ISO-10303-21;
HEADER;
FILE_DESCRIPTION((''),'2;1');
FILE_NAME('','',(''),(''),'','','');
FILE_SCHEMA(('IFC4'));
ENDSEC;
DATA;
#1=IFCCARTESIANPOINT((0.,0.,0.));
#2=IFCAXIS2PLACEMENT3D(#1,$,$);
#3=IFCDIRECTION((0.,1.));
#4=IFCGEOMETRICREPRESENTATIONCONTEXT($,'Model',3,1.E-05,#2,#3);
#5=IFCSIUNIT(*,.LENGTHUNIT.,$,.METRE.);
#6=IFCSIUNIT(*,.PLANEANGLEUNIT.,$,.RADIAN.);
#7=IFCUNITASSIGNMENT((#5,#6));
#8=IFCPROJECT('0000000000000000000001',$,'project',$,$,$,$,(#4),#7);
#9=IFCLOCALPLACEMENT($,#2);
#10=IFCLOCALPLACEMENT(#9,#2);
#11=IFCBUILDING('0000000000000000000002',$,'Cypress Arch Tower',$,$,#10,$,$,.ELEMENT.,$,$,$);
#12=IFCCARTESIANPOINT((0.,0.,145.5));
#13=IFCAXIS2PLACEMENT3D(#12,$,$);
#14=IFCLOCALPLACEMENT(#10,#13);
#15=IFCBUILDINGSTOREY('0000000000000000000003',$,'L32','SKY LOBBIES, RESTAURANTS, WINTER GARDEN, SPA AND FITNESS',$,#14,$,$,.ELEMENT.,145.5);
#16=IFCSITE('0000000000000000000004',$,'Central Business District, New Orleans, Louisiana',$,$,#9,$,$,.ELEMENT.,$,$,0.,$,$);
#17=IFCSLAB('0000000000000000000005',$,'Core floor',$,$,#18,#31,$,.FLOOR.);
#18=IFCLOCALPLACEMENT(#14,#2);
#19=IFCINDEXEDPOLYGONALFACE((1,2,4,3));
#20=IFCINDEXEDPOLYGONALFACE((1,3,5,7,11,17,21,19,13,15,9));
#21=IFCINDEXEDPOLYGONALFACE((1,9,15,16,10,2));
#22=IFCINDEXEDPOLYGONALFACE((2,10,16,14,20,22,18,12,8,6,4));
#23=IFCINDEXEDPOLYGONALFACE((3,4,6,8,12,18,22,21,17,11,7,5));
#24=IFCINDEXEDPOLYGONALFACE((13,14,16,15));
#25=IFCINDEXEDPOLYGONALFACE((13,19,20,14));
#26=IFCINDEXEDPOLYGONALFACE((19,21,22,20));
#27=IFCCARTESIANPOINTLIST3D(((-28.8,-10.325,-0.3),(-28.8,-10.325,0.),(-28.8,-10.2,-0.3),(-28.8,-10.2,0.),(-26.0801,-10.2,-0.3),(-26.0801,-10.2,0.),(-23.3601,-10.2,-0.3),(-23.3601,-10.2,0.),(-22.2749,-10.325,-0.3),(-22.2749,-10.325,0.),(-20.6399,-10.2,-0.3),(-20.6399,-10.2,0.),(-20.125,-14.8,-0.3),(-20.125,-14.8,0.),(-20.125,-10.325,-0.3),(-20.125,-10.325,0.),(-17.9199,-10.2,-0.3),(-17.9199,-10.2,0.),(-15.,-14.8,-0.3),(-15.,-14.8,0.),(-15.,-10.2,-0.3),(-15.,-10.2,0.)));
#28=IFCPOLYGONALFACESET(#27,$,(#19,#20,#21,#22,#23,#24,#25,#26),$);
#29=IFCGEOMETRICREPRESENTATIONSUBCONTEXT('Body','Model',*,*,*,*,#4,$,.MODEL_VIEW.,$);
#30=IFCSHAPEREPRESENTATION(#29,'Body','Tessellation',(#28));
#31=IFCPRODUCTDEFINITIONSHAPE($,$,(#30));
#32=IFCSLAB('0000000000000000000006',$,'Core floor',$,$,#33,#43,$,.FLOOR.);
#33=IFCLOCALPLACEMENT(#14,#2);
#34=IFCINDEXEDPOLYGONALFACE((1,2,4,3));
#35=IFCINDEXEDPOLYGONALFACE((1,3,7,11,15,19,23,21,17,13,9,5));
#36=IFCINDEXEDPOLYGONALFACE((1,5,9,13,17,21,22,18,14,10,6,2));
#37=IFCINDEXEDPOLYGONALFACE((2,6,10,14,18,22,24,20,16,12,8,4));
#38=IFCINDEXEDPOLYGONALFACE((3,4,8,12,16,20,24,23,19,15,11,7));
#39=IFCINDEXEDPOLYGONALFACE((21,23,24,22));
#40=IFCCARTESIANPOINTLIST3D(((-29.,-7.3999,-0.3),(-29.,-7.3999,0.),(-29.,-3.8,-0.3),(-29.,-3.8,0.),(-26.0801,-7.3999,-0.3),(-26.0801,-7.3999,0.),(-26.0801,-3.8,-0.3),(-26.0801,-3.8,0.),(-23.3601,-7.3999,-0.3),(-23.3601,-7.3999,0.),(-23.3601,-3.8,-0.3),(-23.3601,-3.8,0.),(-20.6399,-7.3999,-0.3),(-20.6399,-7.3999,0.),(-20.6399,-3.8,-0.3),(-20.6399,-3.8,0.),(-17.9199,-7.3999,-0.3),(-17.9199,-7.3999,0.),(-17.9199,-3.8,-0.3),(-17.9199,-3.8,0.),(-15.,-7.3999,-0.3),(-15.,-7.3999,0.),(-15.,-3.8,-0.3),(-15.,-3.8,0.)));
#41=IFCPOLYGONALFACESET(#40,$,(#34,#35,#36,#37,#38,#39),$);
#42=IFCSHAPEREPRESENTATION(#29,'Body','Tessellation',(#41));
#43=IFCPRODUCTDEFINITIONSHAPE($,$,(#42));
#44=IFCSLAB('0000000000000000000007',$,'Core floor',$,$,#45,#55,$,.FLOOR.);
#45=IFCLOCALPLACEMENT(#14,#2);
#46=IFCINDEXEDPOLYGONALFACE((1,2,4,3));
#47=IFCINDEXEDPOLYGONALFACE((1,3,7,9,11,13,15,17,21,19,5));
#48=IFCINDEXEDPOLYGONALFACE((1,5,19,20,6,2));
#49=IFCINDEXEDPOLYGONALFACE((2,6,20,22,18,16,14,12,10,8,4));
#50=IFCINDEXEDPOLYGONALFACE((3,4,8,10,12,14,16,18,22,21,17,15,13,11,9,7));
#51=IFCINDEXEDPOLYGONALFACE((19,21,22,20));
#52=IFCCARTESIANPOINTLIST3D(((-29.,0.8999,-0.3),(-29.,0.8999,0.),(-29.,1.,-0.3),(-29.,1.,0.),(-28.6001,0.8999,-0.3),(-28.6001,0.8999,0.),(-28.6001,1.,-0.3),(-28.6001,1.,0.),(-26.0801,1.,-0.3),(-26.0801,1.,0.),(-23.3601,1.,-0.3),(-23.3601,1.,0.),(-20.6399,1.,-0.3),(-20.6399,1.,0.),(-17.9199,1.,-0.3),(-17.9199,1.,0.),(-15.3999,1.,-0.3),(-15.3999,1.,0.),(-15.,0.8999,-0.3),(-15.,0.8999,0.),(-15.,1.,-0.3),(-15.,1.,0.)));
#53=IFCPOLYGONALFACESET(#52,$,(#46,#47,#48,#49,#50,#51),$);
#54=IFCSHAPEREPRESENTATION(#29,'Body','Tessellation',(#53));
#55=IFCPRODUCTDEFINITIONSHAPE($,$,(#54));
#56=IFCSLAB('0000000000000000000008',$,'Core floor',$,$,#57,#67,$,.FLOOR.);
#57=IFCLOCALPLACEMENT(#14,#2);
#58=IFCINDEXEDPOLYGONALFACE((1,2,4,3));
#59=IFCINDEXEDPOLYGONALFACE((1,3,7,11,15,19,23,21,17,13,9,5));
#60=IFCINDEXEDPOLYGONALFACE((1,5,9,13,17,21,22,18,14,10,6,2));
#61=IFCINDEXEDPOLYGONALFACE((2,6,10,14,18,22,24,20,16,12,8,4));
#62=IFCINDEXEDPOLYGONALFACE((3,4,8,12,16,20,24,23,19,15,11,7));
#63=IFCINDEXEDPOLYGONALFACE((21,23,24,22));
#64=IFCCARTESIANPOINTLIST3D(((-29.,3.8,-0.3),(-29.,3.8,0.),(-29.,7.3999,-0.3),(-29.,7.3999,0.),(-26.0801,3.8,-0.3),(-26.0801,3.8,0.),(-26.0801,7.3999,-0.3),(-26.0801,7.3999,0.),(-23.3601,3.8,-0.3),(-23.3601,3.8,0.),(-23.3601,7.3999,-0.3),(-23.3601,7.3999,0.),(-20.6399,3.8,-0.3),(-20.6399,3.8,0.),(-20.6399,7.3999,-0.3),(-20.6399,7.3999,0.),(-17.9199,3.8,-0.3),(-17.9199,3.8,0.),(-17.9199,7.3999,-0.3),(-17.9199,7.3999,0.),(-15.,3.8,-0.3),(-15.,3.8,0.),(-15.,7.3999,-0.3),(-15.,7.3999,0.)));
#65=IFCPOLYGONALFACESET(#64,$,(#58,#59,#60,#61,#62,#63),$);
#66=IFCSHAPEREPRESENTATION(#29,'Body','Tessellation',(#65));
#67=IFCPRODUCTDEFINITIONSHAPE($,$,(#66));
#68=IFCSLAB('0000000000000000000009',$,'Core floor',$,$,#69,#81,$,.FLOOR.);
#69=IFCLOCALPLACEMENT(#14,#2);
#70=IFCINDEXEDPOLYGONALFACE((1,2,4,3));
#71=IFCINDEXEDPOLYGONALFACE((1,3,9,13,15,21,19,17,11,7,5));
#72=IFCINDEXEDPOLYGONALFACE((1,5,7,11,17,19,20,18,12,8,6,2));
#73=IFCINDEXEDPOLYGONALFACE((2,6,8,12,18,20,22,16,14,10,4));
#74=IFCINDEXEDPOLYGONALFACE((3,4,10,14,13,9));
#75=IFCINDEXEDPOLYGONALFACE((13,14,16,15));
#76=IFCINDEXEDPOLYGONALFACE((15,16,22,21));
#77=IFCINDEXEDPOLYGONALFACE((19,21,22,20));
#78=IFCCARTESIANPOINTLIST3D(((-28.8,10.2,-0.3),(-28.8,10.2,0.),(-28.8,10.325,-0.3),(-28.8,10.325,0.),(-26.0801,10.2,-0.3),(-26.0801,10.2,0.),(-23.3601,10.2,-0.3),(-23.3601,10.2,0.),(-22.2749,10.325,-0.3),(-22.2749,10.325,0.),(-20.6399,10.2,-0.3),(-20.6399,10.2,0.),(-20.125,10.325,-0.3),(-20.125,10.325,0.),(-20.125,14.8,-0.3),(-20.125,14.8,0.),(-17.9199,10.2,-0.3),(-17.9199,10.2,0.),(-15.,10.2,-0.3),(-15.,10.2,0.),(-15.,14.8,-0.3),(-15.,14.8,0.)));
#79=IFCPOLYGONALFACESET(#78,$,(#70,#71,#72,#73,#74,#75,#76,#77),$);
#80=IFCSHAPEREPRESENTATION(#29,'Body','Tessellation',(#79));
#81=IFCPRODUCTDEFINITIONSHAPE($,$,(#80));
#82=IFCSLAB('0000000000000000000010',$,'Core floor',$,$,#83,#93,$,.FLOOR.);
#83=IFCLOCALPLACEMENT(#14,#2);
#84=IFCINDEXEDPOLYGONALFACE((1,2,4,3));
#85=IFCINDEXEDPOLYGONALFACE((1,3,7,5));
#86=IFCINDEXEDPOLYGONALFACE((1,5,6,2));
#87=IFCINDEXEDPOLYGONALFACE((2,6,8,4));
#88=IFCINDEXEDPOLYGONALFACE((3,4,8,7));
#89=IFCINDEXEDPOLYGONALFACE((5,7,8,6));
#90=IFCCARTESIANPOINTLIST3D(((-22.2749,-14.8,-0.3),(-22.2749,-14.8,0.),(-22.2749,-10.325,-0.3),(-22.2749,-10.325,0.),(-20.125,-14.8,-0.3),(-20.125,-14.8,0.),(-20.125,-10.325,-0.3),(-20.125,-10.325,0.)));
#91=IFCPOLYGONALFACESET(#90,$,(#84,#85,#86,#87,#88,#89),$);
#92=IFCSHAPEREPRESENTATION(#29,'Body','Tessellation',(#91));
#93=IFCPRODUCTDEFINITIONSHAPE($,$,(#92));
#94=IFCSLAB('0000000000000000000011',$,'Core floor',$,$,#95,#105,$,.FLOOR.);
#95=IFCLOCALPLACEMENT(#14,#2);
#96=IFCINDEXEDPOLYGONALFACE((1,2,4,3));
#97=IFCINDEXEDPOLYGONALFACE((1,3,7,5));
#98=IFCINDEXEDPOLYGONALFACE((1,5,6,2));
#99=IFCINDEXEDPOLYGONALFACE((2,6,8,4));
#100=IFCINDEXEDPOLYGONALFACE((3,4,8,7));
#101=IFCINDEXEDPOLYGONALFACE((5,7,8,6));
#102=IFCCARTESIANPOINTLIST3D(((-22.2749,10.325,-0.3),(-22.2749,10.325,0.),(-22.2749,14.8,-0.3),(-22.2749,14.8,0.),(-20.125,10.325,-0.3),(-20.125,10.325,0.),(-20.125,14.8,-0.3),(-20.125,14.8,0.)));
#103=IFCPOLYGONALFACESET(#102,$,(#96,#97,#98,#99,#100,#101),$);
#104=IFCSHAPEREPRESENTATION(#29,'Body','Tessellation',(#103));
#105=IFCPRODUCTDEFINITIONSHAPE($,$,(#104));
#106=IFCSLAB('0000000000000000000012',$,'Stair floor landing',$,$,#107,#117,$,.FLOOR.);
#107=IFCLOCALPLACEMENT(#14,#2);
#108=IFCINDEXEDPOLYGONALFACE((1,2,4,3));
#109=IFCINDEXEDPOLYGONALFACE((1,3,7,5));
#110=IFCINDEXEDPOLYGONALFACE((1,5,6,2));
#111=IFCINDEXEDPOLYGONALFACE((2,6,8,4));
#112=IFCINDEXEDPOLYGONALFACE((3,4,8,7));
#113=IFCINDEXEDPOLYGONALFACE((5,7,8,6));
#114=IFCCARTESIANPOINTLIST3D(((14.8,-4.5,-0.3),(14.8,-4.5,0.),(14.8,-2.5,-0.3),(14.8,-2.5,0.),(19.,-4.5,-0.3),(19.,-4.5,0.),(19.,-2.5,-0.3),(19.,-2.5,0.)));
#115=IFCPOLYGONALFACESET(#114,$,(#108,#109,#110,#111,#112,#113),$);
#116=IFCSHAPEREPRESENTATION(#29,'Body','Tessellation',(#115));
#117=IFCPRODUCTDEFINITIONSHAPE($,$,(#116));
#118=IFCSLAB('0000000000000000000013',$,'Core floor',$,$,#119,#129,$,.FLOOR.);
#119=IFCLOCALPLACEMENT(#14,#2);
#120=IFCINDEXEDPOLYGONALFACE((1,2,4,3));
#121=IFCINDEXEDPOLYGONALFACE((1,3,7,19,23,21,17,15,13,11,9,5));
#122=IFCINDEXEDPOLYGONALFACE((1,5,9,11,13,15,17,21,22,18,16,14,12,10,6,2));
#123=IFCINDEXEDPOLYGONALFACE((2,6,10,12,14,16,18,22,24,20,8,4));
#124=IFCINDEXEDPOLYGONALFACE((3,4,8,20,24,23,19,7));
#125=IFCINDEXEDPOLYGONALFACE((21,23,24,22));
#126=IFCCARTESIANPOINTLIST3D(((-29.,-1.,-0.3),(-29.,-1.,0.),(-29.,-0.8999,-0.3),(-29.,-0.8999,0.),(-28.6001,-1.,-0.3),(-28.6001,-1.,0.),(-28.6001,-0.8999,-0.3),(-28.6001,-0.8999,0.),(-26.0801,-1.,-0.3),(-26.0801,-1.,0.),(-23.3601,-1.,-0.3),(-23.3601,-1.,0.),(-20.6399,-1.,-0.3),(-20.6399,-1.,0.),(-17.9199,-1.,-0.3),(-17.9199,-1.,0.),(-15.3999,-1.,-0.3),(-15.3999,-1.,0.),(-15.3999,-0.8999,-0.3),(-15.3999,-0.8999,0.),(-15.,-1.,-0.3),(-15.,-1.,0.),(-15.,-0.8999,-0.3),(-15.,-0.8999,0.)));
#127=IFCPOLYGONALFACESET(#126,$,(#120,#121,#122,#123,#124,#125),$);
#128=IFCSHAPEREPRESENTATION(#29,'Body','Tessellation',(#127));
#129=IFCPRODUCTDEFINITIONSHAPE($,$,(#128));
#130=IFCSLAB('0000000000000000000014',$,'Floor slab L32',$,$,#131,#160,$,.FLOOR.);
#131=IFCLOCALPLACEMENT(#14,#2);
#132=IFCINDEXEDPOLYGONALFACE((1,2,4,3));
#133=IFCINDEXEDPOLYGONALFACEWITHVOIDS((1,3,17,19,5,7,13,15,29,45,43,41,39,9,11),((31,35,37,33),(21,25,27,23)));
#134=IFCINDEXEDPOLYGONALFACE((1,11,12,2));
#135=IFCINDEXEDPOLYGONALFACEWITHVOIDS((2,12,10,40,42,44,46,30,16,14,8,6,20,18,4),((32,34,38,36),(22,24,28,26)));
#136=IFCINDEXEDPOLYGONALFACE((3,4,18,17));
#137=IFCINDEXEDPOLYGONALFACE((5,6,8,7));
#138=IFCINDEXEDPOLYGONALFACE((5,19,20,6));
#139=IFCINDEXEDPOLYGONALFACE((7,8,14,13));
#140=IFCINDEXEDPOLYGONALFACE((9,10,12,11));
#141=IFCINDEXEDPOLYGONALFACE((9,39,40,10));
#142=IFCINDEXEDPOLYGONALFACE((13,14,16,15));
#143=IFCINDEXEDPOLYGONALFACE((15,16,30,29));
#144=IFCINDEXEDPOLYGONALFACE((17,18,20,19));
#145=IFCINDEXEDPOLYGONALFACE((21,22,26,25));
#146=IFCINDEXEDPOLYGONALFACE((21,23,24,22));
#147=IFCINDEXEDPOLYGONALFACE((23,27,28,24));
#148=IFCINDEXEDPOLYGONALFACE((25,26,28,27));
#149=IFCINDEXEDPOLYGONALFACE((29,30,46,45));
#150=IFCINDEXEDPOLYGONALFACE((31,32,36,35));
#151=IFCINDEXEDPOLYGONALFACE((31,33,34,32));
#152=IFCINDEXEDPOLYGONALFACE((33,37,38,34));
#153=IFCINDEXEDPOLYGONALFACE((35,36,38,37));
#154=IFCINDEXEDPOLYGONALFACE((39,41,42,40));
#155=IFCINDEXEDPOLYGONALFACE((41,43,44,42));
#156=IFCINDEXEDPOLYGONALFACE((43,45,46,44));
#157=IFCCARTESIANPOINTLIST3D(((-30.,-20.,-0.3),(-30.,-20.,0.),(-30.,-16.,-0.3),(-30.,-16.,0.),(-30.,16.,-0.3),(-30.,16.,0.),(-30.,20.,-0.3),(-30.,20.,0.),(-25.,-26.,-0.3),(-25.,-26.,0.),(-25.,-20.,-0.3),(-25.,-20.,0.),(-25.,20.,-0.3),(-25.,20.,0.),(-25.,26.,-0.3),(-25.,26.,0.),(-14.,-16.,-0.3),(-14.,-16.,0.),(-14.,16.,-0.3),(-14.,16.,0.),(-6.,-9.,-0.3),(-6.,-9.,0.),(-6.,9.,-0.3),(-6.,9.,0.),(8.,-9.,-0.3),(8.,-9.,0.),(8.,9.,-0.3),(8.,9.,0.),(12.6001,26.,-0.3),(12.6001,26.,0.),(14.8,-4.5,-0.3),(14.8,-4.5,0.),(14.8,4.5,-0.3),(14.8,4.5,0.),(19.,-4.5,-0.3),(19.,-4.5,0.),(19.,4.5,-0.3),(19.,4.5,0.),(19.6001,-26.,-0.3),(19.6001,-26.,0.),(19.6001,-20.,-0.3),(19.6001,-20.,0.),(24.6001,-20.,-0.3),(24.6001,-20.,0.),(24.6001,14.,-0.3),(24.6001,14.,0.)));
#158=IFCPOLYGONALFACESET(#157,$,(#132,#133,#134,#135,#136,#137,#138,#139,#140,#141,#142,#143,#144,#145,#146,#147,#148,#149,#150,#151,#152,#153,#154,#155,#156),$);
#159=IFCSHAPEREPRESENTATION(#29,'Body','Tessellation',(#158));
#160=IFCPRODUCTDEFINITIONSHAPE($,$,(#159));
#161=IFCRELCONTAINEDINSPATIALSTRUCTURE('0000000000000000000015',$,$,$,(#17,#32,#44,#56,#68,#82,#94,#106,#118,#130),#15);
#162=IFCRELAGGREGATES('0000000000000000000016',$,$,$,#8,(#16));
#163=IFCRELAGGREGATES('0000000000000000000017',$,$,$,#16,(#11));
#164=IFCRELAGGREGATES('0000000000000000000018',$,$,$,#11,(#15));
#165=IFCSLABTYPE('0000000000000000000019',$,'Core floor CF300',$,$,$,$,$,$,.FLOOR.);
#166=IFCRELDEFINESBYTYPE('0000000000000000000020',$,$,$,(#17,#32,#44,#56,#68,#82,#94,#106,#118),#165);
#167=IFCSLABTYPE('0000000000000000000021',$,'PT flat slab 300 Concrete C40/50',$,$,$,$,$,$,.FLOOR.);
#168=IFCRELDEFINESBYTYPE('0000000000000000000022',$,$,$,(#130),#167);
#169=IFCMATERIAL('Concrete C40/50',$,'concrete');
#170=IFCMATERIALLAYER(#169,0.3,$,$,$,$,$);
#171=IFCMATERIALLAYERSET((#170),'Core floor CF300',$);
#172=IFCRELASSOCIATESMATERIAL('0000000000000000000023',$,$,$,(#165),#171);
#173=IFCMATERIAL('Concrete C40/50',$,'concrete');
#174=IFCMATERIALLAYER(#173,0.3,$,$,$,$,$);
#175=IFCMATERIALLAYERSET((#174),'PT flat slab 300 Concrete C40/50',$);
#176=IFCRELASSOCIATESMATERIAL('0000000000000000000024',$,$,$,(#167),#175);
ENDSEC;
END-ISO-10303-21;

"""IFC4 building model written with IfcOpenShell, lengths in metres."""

from ifc_helpers import new_model, si_unit, direction, frame, origin, place, context, subcontext, project, spatial, polyline, outline, extrude, material, layer, layer_set, type_object, element, save


model = new_model("IFC4")

# Units and contexts
model_context = context("Model", 3, precision=1e-05, world=origin(), true_north=direction((0.0, 1.0)))
body_context = subcontext(model_context, "Body", "Model", "MODEL_VIEW")
ifc_project = project(units=[si_unit("LENGTHUNIT", "METRE"), si_unit("PLANEANGLEUNIT", "RADIAN")], contexts=[model_context])

# Site, building, storey
site_placement = place(None, origin())
site = spatial("IfcSite", under=ifc_project, at=site_placement, Name="Central Business District, New Orleans, Louisiana", CompositionType="ELEMENT", RefElevation=0.0)
building_placement = place(site_placement, origin())
building = spatial("IfcBuilding", under=site, at=building_placement, Name="Cypress Arch Tower", CompositionType="ELEMENT")
storey_placement = place(building_placement, frame((0.0, 0.0, 145.5)))
storey = spatial("IfcBuildingStorey", under=building, at=storey_placement, Name="L32", Description="SKY LOBBIES, RESTAURANTS, WINTER GARDEN, SPA AND FITNESS", CompositionType="ELEMENT", Elevation=145.5)

# Slabs
ifc_material_1 = material(Name="Concrete C40/50", Category="concrete")
ifc_layer_1 = layer(ifc_material_1, 0.3)
ifc_layer_set_1 = layer_set([ifc_layer_1], Name="Core floor CF300")
slab_type_1 = type_object("IfcSlabType", Name="Core floor CF300", PredefinedType="FLOOR", material=ifc_layer_set_1)
slab_1_placement = place(storey_placement, frame((0.0, 0.0, -0.3)))
element("IfcSlab", 1, at=slab_1_placement, inside=storey, type_object=slab_type_1, Name="Core floor", PredefinedType="FLOOR", context=body_context, shape_type="SweptSolid", body=[
    extrude(outline(polyline([(-20.125, -14.8), (-15.0, -14.8), (-15.0, -10.2), (-17.9199, -10.2), (-20.6399, -10.2), (-23.3601, -10.2), (-26.0801, -10.2), (-28.8, -10.2), (-28.8, -10.325), (-22.2749, -10.325), (-20.125, -10.325), (-20.125, -14.8)])), origin(), (0.0, 0.0, 1.0), 0.3),
])
slab_2_placement = place(storey_placement, frame((0.0, 0.0, -0.3)))
element("IfcSlab", 2, at=slab_2_placement, inside=storey, type_object=slab_type_1, Name="Core floor", PredefinedType="FLOOR", context=body_context, shape_type="SweptSolid", body=[
    extrude(outline(polyline([(-29.0, -3.8), (-29.0, -7.3999), (-26.0801, -7.3999), (-23.3601, -7.3999), (-20.6399, -7.3999), (-17.9199, -7.3999), (-15.0, -7.3999), (-15.0, -3.8), (-17.9199, -3.8), (-20.6399, -3.8), (-23.3601, -3.8), (-26.0801, -3.8), (-29.0, -3.8)])), origin(), (0.0, 0.0, 1.0), 0.3),
])
slab_3_placement = place(storey_placement, frame((0.0, 0.0, -0.3)))
element("IfcSlab", 3, at=slab_3_placement, inside=storey, type_object=slab_type_1, Name="Core floor", PredefinedType="FLOOR", context=body_context, shape_type="SweptSolid", body=[
    extrude(outline(polyline([(-17.9199, 1.0), (-15.3999, 1.0), (-15.0, 1.0), (-15.0, 0.8999), (-28.6001, 0.8999), (-29.0, 0.8999), (-29.0, 1.0), (-28.6001, 1.0), (-26.0801, 1.0), (-23.3601, 1.0), (-20.6399, 1.0), (-17.9199, 1.0)])), origin(), (0.0, 0.0, 1.0), 0.3),
])
slab_4_placement = place(storey_placement, frame((0.0, 0.0, -0.3)))
element("IfcSlab", 4, at=slab_4_placement, inside=storey, type_object=slab_type_1, Name="Core floor", PredefinedType="FLOOR", context=body_context, shape_type="SweptSolid", body=[
    extrude(outline(polyline([(-29.0, 7.3999), (-29.0, 3.8), (-26.0801, 3.8), (-23.3601, 3.8), (-20.6399, 3.8), (-17.9199, 3.8), (-15.0, 3.8), (-15.0, 7.3999), (-17.9199, 7.3999), (-20.6399, 7.3999), (-23.3601, 7.3999), (-26.0801, 7.3999), (-29.0, 7.3999)])), origin(), (0.0, 0.0, 1.0), 0.3),
])
slab_5_placement = place(storey_placement, frame((0.0, 0.0, -0.3)))
element("IfcSlab", 5, at=slab_5_placement, inside=storey, type_object=slab_type_1, Name="Core floor", PredefinedType="FLOOR", context=body_context, shape_type="SweptSolid", body=[
    extrude(outline(polyline([(-28.8, 10.325), (-28.8, 10.2), (-26.0801, 10.2), (-23.3601, 10.2), (-20.6399, 10.2), (-17.9199, 10.2), (-15.0, 10.2), (-15.0, 14.8), (-20.125, 14.8), (-20.125, 10.325), (-22.2749, 10.325), (-28.8, 10.325)])), origin(), (0.0, 0.0, 1.0), 0.3),
])
slab_6_placement = place(storey_placement, frame((0.0, 0.0, -0.3)))
element("IfcSlab", 6, at=slab_6_placement, inside=storey, type_object=slab_type_1, Name="Core floor", PredefinedType="FLOOR", context=body_context, shape_type="SweptSolid", body=[
    extrude(outline(polyline([(-22.2749, -10.325), (-22.2749, -14.8), (-20.125, -14.8), (-20.125, -10.325), (-22.2749, -10.325)])), origin(), (0.0, 0.0, 1.0), 0.3),
])
slab_7_placement = place(storey_placement, frame((0.0, 0.0, -0.3)))
element("IfcSlab", 7, at=slab_7_placement, inside=storey, type_object=slab_type_1, Name="Core floor", PredefinedType="FLOOR", context=body_context, shape_type="SweptSolid", body=[
    extrude(outline(polyline([(-20.125, 14.8), (-22.2749, 14.8), (-22.2749, 10.325), (-20.125, 10.325), (-20.125, 14.8)])), origin(), (0.0, 0.0, 1.0), 0.3),
])
slab_8_placement = place(storey_placement, frame((0.0, 0.0, -0.3)))
element("IfcSlab", 8, at=slab_8_placement, inside=storey, type_object=slab_type_1, Name="Stair floor landing", PredefinedType="FLOOR", context=body_context, shape_type="SweptSolid", body=[
    extrude(outline(polyline([(19.0, -4.5), (19.0, -2.5), (14.8, -2.5), (14.8, -4.5), (19.0, -4.5)])), origin(), (0.0, 0.0, 1.0), 0.3),
])
slab_9_placement = place(storey_placement, frame((0.0, 0.0, -0.3)))
element("IfcSlab", 9, at=slab_9_placement, inside=storey, type_object=slab_type_1, Name="Core floor", PredefinedType="FLOOR", context=body_context, shape_type="SweptSolid", body=[
    extrude(outline(polyline([(-20.6399, -1.0), (-23.3601, -1.0), (-26.0801, -1.0), (-28.6001, -1.0), (-29.0, -1.0), (-29.0, -0.8999), (-28.6001, -0.8999), (-15.3999, -0.8999), (-15.0, -0.8999), (-15.0, -1.0), (-15.3999, -1.0), (-17.9199, -1.0), (-20.6399, -1.0)])), origin(), (0.0, 0.0, 1.0), 0.3),
])
ifc_material_2 = material(Name="Concrete C40/50", Category="concrete")
ifc_layer_2 = layer(ifc_material_2, 0.3)
ifc_layer_set_2 = layer_set([ifc_layer_2], Name="PT flat slab 300 Concrete C40/50")
slab_type_2 = type_object("IfcSlabType", Name="PT flat slab 300 Concrete C40/50", PredefinedType="FLOOR", material=ifc_layer_set_2)
slab_10_placement = place(storey_placement, frame((0.0, 0.0, -0.3)))
element("IfcSlab", 10, at=slab_10_placement, inside=storey, type_object=slab_type_2, Name="Floor slab L32", PredefinedType="FLOOR", context=body_context, shape_type="SweptSolid", body=[
    extrude(outline(polyline([(-30.0, 20.0), (-25.0, 20.0), (-25.0, 26.0), (12.6001, 26.0), (24.6001, 14.0), (24.6001, -20.0), (19.6001, -20.0), (19.6001, -26.0), (-25.0, -26.0), (-25.0, -20.0), (-30.0, -20.0), (-30.0, -16.0), (-14.0, -16.0), (-14.0, 16.0), (-30.0, 16.0), (-30.0, 20.0)]), holes=[polyline([(-6.0, -9.0), (8.0, -9.0), (8.0, 9.0), (-6.0, 9.0), (-6.0, -9.0)]), polyline([(14.8, -4.5), (19.0, -4.5), (19.0, 4.5), (14.8, 4.5), (14.8, -4.5)])]), origin(), (0.0, 0.0, 1.0), 0.3),
])

save(model, "model.ifc")
